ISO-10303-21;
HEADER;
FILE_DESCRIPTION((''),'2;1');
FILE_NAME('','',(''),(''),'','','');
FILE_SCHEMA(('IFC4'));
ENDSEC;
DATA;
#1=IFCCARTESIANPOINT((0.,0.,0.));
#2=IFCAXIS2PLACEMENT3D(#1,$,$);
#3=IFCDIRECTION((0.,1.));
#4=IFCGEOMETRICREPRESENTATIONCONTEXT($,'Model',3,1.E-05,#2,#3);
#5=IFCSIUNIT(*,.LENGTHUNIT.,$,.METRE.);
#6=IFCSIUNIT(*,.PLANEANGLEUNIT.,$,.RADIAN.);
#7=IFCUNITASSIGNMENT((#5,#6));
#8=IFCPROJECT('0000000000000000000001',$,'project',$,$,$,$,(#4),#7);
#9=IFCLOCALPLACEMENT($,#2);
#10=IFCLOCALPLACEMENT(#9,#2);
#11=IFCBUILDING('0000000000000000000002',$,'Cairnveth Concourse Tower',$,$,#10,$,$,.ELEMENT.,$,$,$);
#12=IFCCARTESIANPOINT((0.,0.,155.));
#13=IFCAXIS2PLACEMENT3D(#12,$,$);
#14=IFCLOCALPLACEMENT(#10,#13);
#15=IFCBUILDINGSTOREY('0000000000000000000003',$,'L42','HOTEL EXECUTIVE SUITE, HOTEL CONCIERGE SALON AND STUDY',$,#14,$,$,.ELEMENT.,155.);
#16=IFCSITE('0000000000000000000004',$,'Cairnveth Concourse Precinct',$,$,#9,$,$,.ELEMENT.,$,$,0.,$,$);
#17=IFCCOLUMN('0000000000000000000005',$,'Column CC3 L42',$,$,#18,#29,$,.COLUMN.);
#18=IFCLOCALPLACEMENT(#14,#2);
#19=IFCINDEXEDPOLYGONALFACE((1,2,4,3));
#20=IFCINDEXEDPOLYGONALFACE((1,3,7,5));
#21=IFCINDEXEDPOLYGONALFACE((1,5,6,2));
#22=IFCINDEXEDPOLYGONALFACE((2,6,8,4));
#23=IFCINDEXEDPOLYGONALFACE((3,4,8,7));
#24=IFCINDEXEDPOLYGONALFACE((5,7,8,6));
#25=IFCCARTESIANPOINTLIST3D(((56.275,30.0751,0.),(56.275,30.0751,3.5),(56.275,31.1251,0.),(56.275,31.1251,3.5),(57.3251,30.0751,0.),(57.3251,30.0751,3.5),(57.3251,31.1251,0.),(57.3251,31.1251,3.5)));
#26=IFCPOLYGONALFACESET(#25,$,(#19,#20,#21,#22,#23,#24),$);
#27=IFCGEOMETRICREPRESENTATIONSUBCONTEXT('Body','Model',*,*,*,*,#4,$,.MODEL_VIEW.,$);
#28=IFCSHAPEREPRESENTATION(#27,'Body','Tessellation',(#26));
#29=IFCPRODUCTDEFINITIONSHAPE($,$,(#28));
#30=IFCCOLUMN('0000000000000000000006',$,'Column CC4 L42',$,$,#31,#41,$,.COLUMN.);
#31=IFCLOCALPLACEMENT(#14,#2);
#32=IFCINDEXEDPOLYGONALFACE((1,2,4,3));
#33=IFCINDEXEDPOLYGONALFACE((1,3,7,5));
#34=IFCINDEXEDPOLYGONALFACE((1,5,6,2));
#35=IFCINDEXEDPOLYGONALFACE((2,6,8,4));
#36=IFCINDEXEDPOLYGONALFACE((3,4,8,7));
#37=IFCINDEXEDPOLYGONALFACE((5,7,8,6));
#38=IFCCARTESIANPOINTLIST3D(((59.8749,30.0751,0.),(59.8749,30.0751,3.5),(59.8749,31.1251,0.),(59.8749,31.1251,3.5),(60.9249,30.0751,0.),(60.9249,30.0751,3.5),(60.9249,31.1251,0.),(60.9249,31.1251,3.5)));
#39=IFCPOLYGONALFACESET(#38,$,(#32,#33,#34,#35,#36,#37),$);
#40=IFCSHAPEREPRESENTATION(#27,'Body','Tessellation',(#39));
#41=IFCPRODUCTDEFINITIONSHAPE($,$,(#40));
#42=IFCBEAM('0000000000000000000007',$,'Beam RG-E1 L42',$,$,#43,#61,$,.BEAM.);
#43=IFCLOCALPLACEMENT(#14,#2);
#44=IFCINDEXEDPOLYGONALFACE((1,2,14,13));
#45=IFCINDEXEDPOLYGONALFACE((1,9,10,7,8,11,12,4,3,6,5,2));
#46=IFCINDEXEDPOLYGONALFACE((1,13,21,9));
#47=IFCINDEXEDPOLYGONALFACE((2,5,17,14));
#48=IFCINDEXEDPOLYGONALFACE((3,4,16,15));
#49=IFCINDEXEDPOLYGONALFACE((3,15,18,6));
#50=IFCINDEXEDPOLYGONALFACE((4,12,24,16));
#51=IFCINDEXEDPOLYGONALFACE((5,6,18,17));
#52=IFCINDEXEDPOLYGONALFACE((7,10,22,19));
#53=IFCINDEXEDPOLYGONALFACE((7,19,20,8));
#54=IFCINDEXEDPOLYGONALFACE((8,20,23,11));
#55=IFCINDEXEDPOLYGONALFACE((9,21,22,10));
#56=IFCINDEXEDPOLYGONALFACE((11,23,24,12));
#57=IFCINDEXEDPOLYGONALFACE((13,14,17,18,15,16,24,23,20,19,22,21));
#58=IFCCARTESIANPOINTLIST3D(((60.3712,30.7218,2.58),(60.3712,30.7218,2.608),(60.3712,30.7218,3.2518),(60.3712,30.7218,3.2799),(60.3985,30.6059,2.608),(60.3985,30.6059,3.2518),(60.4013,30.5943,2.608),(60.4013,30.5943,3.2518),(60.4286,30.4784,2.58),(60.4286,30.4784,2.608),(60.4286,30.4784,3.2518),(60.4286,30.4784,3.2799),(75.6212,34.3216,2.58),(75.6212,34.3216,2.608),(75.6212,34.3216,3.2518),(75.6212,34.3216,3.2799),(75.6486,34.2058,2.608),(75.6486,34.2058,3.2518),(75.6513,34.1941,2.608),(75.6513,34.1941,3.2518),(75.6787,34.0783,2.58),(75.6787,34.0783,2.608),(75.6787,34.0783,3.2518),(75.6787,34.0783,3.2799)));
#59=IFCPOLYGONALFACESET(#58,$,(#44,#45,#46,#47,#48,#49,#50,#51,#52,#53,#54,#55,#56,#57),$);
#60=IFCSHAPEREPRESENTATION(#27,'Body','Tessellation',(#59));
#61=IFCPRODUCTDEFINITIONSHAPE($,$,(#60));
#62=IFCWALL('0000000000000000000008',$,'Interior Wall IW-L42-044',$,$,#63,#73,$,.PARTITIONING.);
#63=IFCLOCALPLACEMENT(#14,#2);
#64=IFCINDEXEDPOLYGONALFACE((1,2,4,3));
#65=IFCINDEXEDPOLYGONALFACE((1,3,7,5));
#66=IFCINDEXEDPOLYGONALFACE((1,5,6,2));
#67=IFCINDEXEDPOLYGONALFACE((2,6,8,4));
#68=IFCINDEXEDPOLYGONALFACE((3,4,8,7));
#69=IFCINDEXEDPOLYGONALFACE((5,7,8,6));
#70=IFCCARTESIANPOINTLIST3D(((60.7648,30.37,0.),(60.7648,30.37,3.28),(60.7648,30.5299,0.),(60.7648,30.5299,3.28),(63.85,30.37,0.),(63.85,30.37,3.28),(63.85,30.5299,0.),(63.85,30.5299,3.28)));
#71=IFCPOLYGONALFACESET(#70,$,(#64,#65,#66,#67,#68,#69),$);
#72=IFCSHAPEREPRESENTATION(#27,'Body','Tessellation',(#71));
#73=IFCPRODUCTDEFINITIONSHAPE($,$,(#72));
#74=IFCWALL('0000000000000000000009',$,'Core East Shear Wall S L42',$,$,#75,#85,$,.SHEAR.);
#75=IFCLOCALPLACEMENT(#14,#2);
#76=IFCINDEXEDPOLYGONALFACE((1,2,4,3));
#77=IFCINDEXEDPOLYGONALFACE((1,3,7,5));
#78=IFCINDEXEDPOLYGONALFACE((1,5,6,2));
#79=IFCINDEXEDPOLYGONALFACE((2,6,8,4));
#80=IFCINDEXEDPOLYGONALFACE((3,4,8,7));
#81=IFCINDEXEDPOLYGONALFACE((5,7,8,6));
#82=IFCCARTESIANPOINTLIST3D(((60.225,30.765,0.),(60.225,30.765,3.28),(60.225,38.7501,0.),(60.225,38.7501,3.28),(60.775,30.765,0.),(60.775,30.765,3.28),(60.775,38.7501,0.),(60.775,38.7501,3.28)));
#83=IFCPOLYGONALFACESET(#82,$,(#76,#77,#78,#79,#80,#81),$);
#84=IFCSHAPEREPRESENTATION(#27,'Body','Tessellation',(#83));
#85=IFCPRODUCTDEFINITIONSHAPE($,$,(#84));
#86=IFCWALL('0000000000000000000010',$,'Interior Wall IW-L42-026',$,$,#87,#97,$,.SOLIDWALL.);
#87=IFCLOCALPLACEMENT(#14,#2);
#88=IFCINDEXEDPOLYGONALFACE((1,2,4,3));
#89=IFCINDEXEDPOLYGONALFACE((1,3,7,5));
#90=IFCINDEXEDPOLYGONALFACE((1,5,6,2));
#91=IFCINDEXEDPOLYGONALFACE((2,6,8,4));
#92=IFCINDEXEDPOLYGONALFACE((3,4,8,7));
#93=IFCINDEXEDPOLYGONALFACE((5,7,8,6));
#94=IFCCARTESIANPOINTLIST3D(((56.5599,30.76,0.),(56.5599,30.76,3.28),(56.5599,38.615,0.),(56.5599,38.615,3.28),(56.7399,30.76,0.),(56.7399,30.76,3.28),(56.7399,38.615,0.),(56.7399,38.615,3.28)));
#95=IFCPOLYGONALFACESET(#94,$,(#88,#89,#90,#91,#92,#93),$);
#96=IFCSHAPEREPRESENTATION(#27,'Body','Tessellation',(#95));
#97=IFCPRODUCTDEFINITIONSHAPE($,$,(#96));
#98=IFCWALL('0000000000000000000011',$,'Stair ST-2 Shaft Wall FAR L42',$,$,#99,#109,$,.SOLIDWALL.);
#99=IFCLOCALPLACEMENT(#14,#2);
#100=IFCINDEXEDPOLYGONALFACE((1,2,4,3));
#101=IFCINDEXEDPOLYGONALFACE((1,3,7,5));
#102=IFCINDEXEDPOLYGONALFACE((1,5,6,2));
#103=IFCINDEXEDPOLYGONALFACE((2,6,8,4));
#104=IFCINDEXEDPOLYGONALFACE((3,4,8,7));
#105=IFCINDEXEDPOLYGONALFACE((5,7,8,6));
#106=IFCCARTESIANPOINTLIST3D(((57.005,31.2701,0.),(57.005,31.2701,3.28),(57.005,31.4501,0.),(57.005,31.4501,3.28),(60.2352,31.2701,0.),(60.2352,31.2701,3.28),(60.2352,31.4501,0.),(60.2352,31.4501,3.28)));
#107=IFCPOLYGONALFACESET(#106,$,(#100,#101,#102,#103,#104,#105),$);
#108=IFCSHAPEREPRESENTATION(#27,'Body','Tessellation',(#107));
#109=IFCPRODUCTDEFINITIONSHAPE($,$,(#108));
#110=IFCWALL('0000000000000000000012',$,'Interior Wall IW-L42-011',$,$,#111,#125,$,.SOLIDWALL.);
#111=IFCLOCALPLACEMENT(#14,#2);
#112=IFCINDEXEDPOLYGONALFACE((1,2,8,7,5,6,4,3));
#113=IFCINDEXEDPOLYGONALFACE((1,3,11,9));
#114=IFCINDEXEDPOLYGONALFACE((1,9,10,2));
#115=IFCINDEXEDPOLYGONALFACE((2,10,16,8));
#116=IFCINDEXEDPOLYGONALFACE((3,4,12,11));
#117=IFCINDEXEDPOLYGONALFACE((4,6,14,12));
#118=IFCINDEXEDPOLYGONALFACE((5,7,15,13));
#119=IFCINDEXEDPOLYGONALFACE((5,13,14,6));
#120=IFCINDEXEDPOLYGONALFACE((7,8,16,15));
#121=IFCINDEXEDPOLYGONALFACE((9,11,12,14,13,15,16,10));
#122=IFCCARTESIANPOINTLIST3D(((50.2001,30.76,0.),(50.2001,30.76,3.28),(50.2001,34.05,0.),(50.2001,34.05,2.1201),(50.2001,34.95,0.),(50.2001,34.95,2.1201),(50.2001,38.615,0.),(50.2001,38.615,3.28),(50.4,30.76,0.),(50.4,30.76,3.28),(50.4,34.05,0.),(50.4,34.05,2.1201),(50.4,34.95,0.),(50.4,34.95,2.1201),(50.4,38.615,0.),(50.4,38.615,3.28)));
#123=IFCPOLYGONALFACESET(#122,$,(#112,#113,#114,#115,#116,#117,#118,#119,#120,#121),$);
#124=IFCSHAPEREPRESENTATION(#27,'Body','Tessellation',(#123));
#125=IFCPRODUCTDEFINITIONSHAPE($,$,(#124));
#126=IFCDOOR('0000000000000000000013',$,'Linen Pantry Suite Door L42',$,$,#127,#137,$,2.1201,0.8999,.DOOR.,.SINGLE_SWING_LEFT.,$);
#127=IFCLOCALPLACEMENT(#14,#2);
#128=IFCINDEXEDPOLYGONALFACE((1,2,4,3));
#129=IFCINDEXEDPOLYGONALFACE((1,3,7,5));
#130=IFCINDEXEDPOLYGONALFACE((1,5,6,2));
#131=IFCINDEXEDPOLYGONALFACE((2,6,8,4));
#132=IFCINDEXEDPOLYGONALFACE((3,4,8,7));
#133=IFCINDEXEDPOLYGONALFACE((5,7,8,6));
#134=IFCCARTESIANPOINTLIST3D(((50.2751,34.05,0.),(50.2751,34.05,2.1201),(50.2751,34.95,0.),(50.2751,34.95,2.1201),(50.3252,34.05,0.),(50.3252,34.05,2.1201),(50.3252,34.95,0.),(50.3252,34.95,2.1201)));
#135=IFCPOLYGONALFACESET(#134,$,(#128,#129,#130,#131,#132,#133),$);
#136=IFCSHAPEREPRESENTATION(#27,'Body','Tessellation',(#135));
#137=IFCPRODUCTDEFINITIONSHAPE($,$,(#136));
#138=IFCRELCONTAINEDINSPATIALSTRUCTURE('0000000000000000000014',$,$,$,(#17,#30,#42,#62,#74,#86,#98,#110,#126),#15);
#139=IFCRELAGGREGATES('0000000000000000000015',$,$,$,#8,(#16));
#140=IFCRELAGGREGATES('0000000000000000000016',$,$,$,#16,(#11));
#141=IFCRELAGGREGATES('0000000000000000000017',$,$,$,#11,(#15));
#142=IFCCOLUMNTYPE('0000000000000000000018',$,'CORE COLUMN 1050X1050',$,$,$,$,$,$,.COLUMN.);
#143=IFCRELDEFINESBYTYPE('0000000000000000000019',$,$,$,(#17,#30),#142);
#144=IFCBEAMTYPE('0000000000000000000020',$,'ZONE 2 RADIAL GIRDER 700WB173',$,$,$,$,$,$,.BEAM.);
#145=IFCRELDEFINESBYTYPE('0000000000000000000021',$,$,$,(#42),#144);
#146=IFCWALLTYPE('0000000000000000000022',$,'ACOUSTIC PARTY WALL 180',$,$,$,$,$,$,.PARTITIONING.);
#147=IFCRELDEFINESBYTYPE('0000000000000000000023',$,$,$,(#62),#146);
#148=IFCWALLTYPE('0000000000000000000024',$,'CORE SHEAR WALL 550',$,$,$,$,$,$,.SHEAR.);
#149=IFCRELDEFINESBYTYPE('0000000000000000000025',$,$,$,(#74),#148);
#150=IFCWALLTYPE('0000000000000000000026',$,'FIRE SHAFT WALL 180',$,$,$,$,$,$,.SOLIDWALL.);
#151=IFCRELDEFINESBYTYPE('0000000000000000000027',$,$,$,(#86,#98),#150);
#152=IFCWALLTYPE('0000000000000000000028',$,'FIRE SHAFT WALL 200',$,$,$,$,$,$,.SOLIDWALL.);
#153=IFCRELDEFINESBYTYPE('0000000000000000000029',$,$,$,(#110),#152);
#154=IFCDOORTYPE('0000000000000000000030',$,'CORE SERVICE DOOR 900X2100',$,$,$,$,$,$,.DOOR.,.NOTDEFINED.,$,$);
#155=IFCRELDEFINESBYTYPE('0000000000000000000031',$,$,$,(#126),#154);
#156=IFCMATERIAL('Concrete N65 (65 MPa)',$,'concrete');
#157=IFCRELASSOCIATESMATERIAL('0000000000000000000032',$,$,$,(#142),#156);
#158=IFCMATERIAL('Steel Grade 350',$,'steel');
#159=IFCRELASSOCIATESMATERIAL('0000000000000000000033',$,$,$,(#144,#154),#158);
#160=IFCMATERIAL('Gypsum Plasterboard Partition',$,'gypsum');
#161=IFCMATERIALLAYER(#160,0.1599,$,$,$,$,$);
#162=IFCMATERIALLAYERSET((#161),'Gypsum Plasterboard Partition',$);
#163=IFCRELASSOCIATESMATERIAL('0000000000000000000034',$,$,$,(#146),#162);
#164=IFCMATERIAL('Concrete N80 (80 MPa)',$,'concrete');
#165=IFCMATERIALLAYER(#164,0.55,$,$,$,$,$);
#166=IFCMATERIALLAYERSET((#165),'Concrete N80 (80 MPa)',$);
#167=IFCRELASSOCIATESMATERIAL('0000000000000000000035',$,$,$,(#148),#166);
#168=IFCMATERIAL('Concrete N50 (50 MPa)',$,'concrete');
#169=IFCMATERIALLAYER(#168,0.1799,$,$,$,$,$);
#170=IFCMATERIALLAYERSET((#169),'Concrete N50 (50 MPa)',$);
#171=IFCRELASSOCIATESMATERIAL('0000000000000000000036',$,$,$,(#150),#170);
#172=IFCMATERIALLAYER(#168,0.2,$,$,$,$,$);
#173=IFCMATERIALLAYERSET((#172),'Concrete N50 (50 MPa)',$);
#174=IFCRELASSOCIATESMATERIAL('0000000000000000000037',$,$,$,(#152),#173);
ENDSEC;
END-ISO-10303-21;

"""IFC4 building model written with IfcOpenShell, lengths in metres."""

from ifc_helpers import new_model, si_unit, direction, frame, frame_2d, origin, origin_2d, place, context, subcontext, project, spatial, rectangle, i_section, extrude, material, layer, layer_set, material_profile, profile_set, type_object, element, fill, save


model = new_model("IFC4")

# Units and contexts
model_context = context("Model", 3, precision=1e-05, world=origin(), true_north=direction((0.0, 1.0)))
body_context = subcontext(model_context, "Body", "Model", "MODEL_VIEW")
ifc_project = project(units=[si_unit("LENGTHUNIT", "METRE"), si_unit("PLANEANGLEUNIT", "RADIAN")], contexts=[model_context])

# Site, building, storey
site_placement = place(None, origin())
site = spatial("IfcSite", under=ifc_project, at=site_placement, Name="Cairnveth Concourse Precinct", CompositionType="ELEMENT", RefElevation=0.0)
building_placement = place(site_placement, origin())
building = spatial("IfcBuilding", under=site, at=building_placement, Name="Cairnveth Concourse Tower", CompositionType="ELEMENT")
storey_placement = place(building_placement, frame((0.0, 0.0, 155.0)))
storey = spatial("IfcBuildingStorey", under=building, at=storey_placement, Name="L42", Description="HOTEL EXECUTIVE SUITE, HOTEL CONCIERGE SALON AND STUDY", CompositionType="ELEMENT", Elevation=155.0)

# Columns
ifc_material_1 = material(Name="Concrete N65 (65 MPa)", Category="concrete")
ifc_material_profile_1 = material_profile(ifc_material_1, rectangle(XDim=1.05, YDim=1.05, at=origin_2d()), Name="RC-COL-1050x1050")
ifc_profile_set_1 = profile_set([ifc_material_profile_1], Name="Concrete N65 (65 MPa)")
column_type = type_object("IfcColumnType", Name="CORE COLUMN 1050X1050", PredefinedType="COLUMN", material=ifc_profile_set_1)
for number, where, z_axis, x_axis, name in (
    (1, (56.8, 30.6001, 0.0), (0.0, 0.0, 1.0), (1.0, 0.0, 0.0), "Column CC3 L42"),
    (2, (60.3999, 30.6001, 0.0), (0.0, 0.0, 1.0), (1.0, 0.0, 0.0), "Column CC4 L42"),
):
    element("IfcColumn", number, at=place(storey_placement, frame(where, z_axis=z_axis, x_axis=x_axis)), inside=storey, type_object=column_type, Name=name, PredefinedType="COLUMN", context=body_context, shape_type="SweptSolid", body=[
        extrude(rectangle(XDim=1.05, YDim=1.05, at=origin_2d()), origin(), (0.0, 0.0, 1.0), 3.5),
    ])

# Beam
ifc_material_2 = material(Name="Steel Grade 350", Category="steel")
ifc_material_profile_2 = material_profile(ifc_material_2, i_section(OverallWidth=0.25, OverallDepth=0.7, WebThickness=0.012, FlangeThickness=0.0281, at=origin_2d()), Name="700WB173")
ifc_profile_set_2 = profile_set([ifc_material_profile_2], Name="Steel Grade 350")
beam_type = type_object("IfcBeamType", Name="ZONE 2 RADIAL GIRDER 700WB173", PredefinedType="BEAM", material=ifc_profile_set_2)
beam_placement = place(storey_placement, frame((60.3999, 30.6001, 2.9299), z_axis=(0.973252, 0.229742, 0.0), x_axis=(-0.229742, 0.973252, 0.0)))
element("IfcBeam", 3, at=beam_placement, inside=storey, type_object=beam_type, Name="Beam RG-E1 L42", PredefinedType="BEAM", context=body_context, shape_type="SweptSolid", body=[
    extrude(i_section(OverallWidth=0.25, OverallDepth=0.7, WebThickness=0.012, FlangeThickness=0.0281, at=origin_2d()), origin(), (0.0, 0.0, 1.0), 15.6692),
])

# Walls
ifc_material_3 = material(Name="Gypsum Plasterboard Partition", Category="gypsum")
ifc_layer_1 = layer(ifc_material_3, 0.1599)
ifc_layer_set_1 = layer_set([ifc_layer_1], Name="Gypsum Plasterboard Partition")
wall_type_1 = type_object("IfcWallType", Name="ACOUSTIC PARTY WALL 180", PredefinedType="PARTITIONING", material=ifc_layer_set_1)
wall_1_placement = place(storey_placement, frame((60.7649, 30.45, 0.0), z_axis=(0.0, 0.0, 1.0), x_axis=(1.0, 0.0, 0.0)))
element("IfcWall", 4, at=wall_1_placement, inside=storey, type_object=wall_type_1, Name="Interior Wall IW-L42-044", PredefinedType="PARTITIONING", context=body_context, shape_type="SweptSolid", body=[
    extrude(rectangle(XDim=3.0852, YDim=0.1599, at=frame_2d((1.5425, 0.0))), origin(), (0.0, 0.0, 1.0), 3.28),
])
ifc_material_4 = material(Name="Concrete N80 (80 MPa)", Category="concrete")
ifc_layer_2 = layer(ifc_material_4, 0.55)
ifc_layer_set_2 = layer_set([ifc_layer_2], Name="Concrete N80 (80 MPa)")
wall_type_2 = type_object("IfcWallType", Name="CORE SHEAR WALL 550", PredefinedType="SHEAR", material=ifc_layer_set_2)
wall_2_placement = place(storey_placement, frame((60.5, 30.7649, 0.0), z_axis=(0.0, 0.0, 1.0), x_axis=(0.0, 1.0, 0.0)))
element("IfcWall", 5, at=wall_2_placement, inside=storey, type_object=wall_type_2, Name="Core East Shear Wall S L42", PredefinedType="SHEAR", context=body_context, shape_type="SweptSolid", body=[
    extrude(rectangle(XDim=7.9851, YDim=0.55, at=frame_2d((3.9927, 0.0))), origin(), (0.0, 0.0, 1.0), 3.28),
])
ifc_material_5 = material(Name="Concrete N50 (50 MPa)", Category="concrete")
ifc_layer_3 = layer(ifc_material_5, 0.1799)
ifc_layer_set_3 = layer_set([ifc_layer_3], Name="Concrete N50 (50 MPa)")
wall_type_3 = type_object("IfcWallType", Name="FIRE SHAFT WALL 180", PredefinedType="SOLIDWALL", material=ifc_layer_set_3)
wall_3_placement = place(storey_placement, frame((56.6499, 30.76, 0.0), z_axis=(0.0, 0.0, 1.0), x_axis=(0.0, 1.0, 0.0)))
element("IfcWall", 6, at=wall_3_placement, inside=storey, type_object=wall_type_3, Name="Interior Wall IW-L42-026", PredefinedType="SOLIDWALL", context=body_context, shape_type="SweptSolid", body=[
    extrude(rectangle(XDim=7.855, YDim=0.1799, at=frame_2d((3.9275, 0.0))), origin(), (0.0, 0.0, 1.0), 3.28),
])
wall_4_placement = place(storey_placement, frame((57.0049, 31.3601, 0.0), z_axis=(0.0, 0.0, 1.0), x_axis=(1.0, 0.0, 0.0)))
element("IfcWall", 7, at=wall_4_placement, inside=storey, type_object=wall_type_3, Name="Stair ST-2 Shaft Wall FAR L42", PredefinedType="SOLIDWALL", context=body_context, shape_type="SweptSolid", body=[
    extrude(rectangle(XDim=3.2302, YDim=0.1799, at=frame_2d((1.6152, 0.0))), origin(), (0.0, 0.0, 1.0), 3.28),
])

# Wall, opening, door
ifc_layer_4 = layer(ifc_material_5, 0.2)
ifc_layer_set_4 = layer_set([ifc_layer_4], Name="Concrete N50 (50 MPa)")
wall_type_4 = type_object("IfcWallType", Name="FIRE SHAFT WALL 200", PredefinedType="SOLIDWALL", material=ifc_layer_set_4)
wall_5_placement = place(storey_placement, frame((50.3, 30.76, 0.0), z_axis=(0.0, 0.0, 1.0), x_axis=(0.0, 1.0, 0.0)))
wall_5 = element("IfcWall", 8, at=wall_5_placement, inside=storey, type_object=wall_type_4, Name="Interior Wall IW-L42-011", PredefinedType="SOLIDWALL", context=body_context, shape_type="SweptSolid", body=[
    extrude(rectangle(XDim=7.855, YDim=0.2, at=frame_2d((3.9275, 0.0))), origin(), (0.0, 0.0, 1.0), 3.28),
])
opening_1_placement = place(wall_5_placement, frame((3.29, 0.0, 0.0)))
opening_1 = element("IfcOpeningElement", 9, at=opening_1_placement, cuts=wall_5, PredefinedType="OPENING", context=body_context, shape_type="SweptSolid", body=[
    extrude(rectangle(XDim=0.8999, YDim=2.1201, at=frame_2d((0.45, 1.0601))), frame((0.0, 0.1099, 0.0), z_axis=(0.0, -1.0, 0.0), x_axis=(1.0, 0.0, 0.0)), (0.0, 0.0, 1.0), 0.22),
])
door_type_1 = type_object("IfcDoorType", Name="CORE SERVICE DOOR 900X2100", OperationType="NOTDEFINED", PredefinedType="DOOR", material=ifc_material_2)
door_1_placement = place(opening_1_placement, origin())
door_1 = element("IfcDoor", 10, at=door_1_placement, inside=storey, type_object=door_type_1, Name="Linen Pantry Suite Door L42", OperationType="SINGLE_SWING_LEFT", OverallHeight=2.1201, OverallWidth=0.8999, PredefinedType="DOOR", context=body_context, shape_type="SweptSolid", body=[
    extrude(rectangle(XDim=0.8999, YDim=2.1201, at=frame_2d((0.45, 1.0601))), frame((0.0, 0.0249, 0.0), z_axis=(0.0, -1.0, 0.0), x_axis=(1.0, 0.0, 0.0)), (0.0, 0.0, 1.0), 0.05),
])
fill(opening_1, door_1)

save(model, "model.ifc")
